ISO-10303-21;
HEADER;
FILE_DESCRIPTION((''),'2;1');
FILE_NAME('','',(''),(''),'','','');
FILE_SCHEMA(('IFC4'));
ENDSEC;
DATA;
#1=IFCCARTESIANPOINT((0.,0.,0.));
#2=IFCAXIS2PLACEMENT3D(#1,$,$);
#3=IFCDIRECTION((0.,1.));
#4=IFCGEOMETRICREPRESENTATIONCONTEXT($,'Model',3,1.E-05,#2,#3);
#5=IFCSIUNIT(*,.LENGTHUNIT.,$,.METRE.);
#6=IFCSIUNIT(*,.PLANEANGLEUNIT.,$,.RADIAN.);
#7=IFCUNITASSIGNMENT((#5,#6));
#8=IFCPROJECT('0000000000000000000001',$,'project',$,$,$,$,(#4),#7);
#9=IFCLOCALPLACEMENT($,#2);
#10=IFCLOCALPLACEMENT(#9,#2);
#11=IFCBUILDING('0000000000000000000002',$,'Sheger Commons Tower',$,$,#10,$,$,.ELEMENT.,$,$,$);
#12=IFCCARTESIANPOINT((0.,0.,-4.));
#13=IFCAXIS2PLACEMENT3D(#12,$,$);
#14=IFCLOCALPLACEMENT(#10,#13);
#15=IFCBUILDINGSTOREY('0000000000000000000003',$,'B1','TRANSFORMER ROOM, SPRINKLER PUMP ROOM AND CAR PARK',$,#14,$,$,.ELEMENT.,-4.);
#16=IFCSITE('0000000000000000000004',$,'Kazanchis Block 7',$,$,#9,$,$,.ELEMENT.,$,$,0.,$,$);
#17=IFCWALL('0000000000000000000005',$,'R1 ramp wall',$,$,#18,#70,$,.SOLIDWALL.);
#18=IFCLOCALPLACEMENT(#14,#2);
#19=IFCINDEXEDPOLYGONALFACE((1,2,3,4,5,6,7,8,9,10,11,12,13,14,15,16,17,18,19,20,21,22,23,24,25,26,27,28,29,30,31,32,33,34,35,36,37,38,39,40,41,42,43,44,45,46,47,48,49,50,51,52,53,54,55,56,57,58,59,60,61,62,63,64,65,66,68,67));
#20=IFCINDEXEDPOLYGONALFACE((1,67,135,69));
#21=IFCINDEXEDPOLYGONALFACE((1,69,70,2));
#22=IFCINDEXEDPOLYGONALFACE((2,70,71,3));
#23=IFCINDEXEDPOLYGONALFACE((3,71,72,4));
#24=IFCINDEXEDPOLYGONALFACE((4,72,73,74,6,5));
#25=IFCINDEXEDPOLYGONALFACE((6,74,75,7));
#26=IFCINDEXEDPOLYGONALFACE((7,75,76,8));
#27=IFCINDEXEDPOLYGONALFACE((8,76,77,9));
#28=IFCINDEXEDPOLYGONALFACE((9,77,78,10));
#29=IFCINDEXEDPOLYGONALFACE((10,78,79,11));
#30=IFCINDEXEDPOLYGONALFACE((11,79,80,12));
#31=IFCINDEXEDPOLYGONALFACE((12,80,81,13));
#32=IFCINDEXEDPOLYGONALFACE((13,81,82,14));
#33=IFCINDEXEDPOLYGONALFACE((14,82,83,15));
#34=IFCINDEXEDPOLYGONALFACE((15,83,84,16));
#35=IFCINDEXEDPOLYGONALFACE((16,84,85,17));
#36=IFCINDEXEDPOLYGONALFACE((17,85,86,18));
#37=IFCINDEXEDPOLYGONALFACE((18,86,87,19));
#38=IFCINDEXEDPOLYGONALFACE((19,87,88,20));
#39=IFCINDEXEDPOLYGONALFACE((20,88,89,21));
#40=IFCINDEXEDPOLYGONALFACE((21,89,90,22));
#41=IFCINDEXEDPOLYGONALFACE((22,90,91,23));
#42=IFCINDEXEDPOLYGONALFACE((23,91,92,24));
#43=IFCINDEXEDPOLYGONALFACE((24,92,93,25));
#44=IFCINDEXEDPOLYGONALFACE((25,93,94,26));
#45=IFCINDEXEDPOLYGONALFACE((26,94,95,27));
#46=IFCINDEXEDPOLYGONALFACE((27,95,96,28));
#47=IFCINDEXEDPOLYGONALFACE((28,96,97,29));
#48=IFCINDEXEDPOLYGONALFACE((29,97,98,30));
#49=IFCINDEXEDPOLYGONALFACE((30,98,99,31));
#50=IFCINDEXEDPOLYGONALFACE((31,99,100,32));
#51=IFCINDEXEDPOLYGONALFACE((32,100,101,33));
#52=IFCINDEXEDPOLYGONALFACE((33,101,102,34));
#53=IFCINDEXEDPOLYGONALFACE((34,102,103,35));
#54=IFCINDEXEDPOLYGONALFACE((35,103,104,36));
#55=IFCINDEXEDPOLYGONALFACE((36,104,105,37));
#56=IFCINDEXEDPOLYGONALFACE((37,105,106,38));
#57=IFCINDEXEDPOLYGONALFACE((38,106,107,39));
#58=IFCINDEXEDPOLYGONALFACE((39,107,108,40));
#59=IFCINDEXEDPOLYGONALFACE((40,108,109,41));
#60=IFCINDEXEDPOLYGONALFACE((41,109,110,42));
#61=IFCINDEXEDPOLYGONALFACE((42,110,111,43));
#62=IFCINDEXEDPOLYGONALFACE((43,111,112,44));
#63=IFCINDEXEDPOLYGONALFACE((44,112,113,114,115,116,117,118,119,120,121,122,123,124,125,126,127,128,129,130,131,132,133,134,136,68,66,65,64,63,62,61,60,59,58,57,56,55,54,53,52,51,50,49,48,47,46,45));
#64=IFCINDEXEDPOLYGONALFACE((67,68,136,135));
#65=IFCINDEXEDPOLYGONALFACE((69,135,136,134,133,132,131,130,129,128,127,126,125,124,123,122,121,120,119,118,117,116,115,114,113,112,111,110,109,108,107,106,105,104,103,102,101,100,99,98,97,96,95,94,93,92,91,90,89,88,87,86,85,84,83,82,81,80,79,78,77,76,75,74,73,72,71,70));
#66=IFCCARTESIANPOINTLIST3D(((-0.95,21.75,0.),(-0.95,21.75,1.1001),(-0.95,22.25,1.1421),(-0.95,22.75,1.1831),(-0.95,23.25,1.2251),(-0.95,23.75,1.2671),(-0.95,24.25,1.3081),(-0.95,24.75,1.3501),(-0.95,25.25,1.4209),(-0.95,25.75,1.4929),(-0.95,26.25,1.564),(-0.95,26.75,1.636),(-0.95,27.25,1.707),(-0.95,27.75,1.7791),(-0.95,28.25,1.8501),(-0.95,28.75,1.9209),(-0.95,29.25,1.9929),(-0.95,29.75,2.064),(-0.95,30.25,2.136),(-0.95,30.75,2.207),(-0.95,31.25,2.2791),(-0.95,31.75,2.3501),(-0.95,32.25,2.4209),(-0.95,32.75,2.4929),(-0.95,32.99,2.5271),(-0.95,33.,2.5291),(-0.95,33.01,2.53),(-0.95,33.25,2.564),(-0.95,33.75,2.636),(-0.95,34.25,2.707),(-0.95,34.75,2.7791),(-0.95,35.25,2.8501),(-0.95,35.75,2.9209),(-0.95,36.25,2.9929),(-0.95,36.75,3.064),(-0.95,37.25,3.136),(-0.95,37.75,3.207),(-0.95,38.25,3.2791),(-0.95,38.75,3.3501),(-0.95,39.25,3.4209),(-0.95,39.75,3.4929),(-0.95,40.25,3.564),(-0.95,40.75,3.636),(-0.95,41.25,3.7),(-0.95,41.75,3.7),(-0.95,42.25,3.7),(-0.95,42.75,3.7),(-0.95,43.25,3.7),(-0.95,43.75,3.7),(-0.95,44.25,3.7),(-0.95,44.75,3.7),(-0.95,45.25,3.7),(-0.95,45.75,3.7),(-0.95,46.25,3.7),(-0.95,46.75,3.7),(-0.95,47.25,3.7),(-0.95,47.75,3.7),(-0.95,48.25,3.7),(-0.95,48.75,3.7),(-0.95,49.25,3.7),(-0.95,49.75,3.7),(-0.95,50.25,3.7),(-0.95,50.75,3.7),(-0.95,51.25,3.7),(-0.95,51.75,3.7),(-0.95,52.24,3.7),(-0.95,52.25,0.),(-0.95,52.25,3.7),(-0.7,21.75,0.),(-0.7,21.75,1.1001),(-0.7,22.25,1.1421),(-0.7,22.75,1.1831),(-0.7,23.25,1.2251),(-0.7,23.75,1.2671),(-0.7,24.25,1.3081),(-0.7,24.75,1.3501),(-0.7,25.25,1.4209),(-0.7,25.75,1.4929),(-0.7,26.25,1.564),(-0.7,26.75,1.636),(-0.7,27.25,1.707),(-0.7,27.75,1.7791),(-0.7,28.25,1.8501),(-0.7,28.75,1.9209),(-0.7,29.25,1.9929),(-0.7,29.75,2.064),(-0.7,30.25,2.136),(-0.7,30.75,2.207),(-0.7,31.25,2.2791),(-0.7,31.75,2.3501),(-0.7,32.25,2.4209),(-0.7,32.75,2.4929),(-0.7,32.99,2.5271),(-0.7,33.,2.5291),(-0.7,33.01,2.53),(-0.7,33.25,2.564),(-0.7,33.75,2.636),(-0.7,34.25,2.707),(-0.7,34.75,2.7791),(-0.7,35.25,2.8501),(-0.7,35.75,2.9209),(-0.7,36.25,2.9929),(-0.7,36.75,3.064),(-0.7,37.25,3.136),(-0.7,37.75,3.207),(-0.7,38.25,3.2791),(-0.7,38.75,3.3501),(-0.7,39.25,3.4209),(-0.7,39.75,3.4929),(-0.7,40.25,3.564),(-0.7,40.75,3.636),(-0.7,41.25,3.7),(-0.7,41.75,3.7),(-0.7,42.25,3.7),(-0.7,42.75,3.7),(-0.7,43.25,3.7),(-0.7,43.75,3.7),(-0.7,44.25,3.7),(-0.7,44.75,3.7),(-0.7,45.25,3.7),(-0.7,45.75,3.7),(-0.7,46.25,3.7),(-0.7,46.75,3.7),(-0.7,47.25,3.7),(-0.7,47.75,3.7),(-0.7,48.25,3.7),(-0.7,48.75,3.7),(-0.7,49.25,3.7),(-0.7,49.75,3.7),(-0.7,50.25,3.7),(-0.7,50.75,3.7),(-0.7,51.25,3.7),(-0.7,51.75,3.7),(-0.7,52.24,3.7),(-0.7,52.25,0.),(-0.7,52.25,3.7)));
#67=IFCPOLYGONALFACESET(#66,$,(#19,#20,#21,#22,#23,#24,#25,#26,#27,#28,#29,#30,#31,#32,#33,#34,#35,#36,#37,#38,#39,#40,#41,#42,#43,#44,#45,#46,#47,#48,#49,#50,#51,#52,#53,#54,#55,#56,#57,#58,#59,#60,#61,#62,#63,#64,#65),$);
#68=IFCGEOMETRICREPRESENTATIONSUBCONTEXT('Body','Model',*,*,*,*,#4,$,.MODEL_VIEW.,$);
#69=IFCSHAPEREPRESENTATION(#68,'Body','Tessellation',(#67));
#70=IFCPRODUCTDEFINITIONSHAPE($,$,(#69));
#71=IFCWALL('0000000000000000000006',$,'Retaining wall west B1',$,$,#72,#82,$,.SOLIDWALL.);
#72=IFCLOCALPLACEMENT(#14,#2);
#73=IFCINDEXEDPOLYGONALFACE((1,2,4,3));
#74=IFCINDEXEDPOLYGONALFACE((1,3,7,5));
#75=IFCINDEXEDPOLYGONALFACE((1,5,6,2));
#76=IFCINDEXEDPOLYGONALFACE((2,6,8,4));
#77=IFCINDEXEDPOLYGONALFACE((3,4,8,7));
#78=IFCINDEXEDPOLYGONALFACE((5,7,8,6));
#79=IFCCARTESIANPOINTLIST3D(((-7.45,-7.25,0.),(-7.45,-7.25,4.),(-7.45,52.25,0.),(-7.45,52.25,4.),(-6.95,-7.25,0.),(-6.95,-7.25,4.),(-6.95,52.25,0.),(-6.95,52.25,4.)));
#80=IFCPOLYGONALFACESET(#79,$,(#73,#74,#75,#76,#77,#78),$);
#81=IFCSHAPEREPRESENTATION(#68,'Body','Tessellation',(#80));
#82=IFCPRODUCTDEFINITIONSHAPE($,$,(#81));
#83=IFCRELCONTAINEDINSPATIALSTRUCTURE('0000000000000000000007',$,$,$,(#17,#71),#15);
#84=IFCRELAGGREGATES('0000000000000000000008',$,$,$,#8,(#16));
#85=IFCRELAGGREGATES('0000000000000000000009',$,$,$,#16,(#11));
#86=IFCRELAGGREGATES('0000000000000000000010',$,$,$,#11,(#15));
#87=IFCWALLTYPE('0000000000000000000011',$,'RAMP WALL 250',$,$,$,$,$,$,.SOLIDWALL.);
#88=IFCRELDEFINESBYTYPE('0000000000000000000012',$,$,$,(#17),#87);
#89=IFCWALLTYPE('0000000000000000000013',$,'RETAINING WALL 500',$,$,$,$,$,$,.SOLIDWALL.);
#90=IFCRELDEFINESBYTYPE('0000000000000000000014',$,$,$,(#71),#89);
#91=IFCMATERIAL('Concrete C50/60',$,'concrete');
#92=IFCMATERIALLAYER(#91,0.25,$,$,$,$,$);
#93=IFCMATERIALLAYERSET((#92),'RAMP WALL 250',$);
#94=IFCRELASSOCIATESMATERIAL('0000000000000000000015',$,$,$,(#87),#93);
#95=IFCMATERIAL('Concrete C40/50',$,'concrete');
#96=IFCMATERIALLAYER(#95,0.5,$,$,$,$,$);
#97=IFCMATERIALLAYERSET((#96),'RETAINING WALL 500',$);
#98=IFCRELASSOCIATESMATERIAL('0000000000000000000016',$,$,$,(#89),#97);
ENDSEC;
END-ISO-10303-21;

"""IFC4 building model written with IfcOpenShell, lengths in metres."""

from ifc_helpers import new_model, si_unit, direction, frame, frame_2d, origin, place, context, subcontext, project, spatial, polyline, rectangle, outline, extrude, material, layer, layer_set, type_object, element, save


model = new_model("IFC4")

# Units and contexts
model_context = context("Model", 3, precision=1e-05, world=origin(), true_north=direction((0.0, 1.0)))
body_context = subcontext(model_context, "Body", "Model", "MODEL_VIEW")
ifc_project = project(units=[si_unit("LENGTHUNIT", "METRE"), si_unit("PLANEANGLEUNIT", "RADIAN")], contexts=[model_context])

# Site, building, storey
site_placement = place(None, origin())
site = spatial("IfcSite", under=ifc_project, at=site_placement, Name="Kazanchis Block 7", CompositionType="ELEMENT", RefElevation=0.0)
building_placement = place(site_placement, origin())
building = spatial("IfcBuilding", under=site, at=building_placement, Name="Sheger Commons Tower", CompositionType="ELEMENT")
storey_placement = place(building_placement, frame((0.0, 0.0, -4.0)))
storey = spatial("IfcBuildingStorey", under=building, at=storey_placement, Name="B1", Description="TRANSFORMER ROOM, SPRINKLER PUMP ROOM AND CAR PARK", CompositionType="ELEMENT", Elevation=-4.0)

# Walls
ifc_material_1 = material(Name="Concrete C50/60", Category="concrete")
ifc_layer_1 = layer(ifc_material_1, 0.25)
ifc_layer_set_1 = layer_set([ifc_layer_1], Name="RAMP WALL 250")
wall_type_1 = type_object("IfcWallType", Name="RAMP WALL 250", PredefinedType="SOLIDWALL", material=ifc_layer_set_1)
wall_1_placement = place(storey_placement, frame((-0.825, 21.75, 0.0), z_axis=(0.0, 0.0, 1.0), x_axis=(0.0, 1.0, 0.0)))
element("IfcWall", 1, at=wall_1_placement, inside=storey, type_object=wall_type_1, Name="R1 ramp wall", PredefinedType="SOLIDWALL", context=body_context, shape_type="SweptSolid", body=[
    extrude(outline(polyline([(0.0, 0.0), (30.5, 0.0), (30.5, 3.7), (30.49, 3.7), (30.0, 3.7), (29.5, 3.7), (29.0, 3.7), (28.5, 3.7), (28.0, 3.7), (27.5, 3.7), (27.0, 3.7), (26.5, 3.7), (26.0, 3.7), (25.5, 3.7), (25.0, 3.7), (24.5, 3.7), (24.0, 3.7), (23.5, 3.7), (23.0, 3.7), (22.5, 3.7), (22.0, 3.7), (21.5, 3.7), (21.0, 3.7), (20.5, 3.7), (20.0, 3.7), (19.5, 3.7), (19.0, 3.636), (18.5, 3.564), (18.0, 3.4929), (17.5, 3.4209), (17.0, 3.3501), (16.5, 3.2791), (16.0, 3.207), (15.5, 3.136), (15.0, 3.064), (14.5, 2.9929), (14.0, 2.9209), (13.5, 2.8501), (13.0, 2.7791), (12.5, 2.707), (12.0, 2.636), (11.5, 2.564), (11.26, 2.53), (11.25, 2.5291), (11.24, 2.5271), (11.0, 2.4929), (10.5, 2.4209), (10.0, 2.3501), (9.5, 2.2791), (9.0, 2.207), (8.5, 2.136), (8.0, 2.064), (7.5, 1.9929), (7.0, 1.9209), (6.5, 1.8501), (6.0, 1.7791), (5.5, 1.707), (5.0, 1.636), (4.5, 1.564), (4.0, 1.4929), (3.5, 1.4209), (3.0, 1.3501), (2.5, 1.3081), (2.0, 1.2671), (1.5, 1.2251), (1.0, 1.1831), (0.5, 1.1421), (0.0, 1.1001), (0.0, 0.0)])), frame((0.0, 0.125, 0.0), z_axis=(0.0, -1.0, 0.0), x_axis=(1.0, 0.0, 0.0)), (0.0, 0.0, 1.0), 0.25),
])
ifc_material_2 = material(Name="Concrete C40/50", Category="concrete")
ifc_layer_2 = layer(ifc_material_2, 0.5)
ifc_layer_set_2 = layer_set([ifc_layer_2], Name="RETAINING WALL 500")
wall_type_2 = type_object("IfcWallType", Name="RETAINING WALL 500", PredefinedType="SOLIDWALL", material=ifc_layer_set_2)
wall_2_placement = place(storey_placement, frame((-7.2, 52.25, 0.0), z_axis=(0.0, 0.0, 1.0), x_axis=(0.0, -1.0, 0.0)))
element("IfcWall", 2, at=wall_2_placement, inside=storey, type_object=wall_type_2, Name="Retaining wall west B1", PredefinedType="SOLIDWALL", context=body_context, shape_type="SweptSolid", body=[
    extrude(rectangle(XDim=59.5, YDim=0.5, at=frame_2d((29.75, 0.0))), origin(), (0.0, 0.0, 1.0), 4.0),
])

save(model, "model.ifc")
